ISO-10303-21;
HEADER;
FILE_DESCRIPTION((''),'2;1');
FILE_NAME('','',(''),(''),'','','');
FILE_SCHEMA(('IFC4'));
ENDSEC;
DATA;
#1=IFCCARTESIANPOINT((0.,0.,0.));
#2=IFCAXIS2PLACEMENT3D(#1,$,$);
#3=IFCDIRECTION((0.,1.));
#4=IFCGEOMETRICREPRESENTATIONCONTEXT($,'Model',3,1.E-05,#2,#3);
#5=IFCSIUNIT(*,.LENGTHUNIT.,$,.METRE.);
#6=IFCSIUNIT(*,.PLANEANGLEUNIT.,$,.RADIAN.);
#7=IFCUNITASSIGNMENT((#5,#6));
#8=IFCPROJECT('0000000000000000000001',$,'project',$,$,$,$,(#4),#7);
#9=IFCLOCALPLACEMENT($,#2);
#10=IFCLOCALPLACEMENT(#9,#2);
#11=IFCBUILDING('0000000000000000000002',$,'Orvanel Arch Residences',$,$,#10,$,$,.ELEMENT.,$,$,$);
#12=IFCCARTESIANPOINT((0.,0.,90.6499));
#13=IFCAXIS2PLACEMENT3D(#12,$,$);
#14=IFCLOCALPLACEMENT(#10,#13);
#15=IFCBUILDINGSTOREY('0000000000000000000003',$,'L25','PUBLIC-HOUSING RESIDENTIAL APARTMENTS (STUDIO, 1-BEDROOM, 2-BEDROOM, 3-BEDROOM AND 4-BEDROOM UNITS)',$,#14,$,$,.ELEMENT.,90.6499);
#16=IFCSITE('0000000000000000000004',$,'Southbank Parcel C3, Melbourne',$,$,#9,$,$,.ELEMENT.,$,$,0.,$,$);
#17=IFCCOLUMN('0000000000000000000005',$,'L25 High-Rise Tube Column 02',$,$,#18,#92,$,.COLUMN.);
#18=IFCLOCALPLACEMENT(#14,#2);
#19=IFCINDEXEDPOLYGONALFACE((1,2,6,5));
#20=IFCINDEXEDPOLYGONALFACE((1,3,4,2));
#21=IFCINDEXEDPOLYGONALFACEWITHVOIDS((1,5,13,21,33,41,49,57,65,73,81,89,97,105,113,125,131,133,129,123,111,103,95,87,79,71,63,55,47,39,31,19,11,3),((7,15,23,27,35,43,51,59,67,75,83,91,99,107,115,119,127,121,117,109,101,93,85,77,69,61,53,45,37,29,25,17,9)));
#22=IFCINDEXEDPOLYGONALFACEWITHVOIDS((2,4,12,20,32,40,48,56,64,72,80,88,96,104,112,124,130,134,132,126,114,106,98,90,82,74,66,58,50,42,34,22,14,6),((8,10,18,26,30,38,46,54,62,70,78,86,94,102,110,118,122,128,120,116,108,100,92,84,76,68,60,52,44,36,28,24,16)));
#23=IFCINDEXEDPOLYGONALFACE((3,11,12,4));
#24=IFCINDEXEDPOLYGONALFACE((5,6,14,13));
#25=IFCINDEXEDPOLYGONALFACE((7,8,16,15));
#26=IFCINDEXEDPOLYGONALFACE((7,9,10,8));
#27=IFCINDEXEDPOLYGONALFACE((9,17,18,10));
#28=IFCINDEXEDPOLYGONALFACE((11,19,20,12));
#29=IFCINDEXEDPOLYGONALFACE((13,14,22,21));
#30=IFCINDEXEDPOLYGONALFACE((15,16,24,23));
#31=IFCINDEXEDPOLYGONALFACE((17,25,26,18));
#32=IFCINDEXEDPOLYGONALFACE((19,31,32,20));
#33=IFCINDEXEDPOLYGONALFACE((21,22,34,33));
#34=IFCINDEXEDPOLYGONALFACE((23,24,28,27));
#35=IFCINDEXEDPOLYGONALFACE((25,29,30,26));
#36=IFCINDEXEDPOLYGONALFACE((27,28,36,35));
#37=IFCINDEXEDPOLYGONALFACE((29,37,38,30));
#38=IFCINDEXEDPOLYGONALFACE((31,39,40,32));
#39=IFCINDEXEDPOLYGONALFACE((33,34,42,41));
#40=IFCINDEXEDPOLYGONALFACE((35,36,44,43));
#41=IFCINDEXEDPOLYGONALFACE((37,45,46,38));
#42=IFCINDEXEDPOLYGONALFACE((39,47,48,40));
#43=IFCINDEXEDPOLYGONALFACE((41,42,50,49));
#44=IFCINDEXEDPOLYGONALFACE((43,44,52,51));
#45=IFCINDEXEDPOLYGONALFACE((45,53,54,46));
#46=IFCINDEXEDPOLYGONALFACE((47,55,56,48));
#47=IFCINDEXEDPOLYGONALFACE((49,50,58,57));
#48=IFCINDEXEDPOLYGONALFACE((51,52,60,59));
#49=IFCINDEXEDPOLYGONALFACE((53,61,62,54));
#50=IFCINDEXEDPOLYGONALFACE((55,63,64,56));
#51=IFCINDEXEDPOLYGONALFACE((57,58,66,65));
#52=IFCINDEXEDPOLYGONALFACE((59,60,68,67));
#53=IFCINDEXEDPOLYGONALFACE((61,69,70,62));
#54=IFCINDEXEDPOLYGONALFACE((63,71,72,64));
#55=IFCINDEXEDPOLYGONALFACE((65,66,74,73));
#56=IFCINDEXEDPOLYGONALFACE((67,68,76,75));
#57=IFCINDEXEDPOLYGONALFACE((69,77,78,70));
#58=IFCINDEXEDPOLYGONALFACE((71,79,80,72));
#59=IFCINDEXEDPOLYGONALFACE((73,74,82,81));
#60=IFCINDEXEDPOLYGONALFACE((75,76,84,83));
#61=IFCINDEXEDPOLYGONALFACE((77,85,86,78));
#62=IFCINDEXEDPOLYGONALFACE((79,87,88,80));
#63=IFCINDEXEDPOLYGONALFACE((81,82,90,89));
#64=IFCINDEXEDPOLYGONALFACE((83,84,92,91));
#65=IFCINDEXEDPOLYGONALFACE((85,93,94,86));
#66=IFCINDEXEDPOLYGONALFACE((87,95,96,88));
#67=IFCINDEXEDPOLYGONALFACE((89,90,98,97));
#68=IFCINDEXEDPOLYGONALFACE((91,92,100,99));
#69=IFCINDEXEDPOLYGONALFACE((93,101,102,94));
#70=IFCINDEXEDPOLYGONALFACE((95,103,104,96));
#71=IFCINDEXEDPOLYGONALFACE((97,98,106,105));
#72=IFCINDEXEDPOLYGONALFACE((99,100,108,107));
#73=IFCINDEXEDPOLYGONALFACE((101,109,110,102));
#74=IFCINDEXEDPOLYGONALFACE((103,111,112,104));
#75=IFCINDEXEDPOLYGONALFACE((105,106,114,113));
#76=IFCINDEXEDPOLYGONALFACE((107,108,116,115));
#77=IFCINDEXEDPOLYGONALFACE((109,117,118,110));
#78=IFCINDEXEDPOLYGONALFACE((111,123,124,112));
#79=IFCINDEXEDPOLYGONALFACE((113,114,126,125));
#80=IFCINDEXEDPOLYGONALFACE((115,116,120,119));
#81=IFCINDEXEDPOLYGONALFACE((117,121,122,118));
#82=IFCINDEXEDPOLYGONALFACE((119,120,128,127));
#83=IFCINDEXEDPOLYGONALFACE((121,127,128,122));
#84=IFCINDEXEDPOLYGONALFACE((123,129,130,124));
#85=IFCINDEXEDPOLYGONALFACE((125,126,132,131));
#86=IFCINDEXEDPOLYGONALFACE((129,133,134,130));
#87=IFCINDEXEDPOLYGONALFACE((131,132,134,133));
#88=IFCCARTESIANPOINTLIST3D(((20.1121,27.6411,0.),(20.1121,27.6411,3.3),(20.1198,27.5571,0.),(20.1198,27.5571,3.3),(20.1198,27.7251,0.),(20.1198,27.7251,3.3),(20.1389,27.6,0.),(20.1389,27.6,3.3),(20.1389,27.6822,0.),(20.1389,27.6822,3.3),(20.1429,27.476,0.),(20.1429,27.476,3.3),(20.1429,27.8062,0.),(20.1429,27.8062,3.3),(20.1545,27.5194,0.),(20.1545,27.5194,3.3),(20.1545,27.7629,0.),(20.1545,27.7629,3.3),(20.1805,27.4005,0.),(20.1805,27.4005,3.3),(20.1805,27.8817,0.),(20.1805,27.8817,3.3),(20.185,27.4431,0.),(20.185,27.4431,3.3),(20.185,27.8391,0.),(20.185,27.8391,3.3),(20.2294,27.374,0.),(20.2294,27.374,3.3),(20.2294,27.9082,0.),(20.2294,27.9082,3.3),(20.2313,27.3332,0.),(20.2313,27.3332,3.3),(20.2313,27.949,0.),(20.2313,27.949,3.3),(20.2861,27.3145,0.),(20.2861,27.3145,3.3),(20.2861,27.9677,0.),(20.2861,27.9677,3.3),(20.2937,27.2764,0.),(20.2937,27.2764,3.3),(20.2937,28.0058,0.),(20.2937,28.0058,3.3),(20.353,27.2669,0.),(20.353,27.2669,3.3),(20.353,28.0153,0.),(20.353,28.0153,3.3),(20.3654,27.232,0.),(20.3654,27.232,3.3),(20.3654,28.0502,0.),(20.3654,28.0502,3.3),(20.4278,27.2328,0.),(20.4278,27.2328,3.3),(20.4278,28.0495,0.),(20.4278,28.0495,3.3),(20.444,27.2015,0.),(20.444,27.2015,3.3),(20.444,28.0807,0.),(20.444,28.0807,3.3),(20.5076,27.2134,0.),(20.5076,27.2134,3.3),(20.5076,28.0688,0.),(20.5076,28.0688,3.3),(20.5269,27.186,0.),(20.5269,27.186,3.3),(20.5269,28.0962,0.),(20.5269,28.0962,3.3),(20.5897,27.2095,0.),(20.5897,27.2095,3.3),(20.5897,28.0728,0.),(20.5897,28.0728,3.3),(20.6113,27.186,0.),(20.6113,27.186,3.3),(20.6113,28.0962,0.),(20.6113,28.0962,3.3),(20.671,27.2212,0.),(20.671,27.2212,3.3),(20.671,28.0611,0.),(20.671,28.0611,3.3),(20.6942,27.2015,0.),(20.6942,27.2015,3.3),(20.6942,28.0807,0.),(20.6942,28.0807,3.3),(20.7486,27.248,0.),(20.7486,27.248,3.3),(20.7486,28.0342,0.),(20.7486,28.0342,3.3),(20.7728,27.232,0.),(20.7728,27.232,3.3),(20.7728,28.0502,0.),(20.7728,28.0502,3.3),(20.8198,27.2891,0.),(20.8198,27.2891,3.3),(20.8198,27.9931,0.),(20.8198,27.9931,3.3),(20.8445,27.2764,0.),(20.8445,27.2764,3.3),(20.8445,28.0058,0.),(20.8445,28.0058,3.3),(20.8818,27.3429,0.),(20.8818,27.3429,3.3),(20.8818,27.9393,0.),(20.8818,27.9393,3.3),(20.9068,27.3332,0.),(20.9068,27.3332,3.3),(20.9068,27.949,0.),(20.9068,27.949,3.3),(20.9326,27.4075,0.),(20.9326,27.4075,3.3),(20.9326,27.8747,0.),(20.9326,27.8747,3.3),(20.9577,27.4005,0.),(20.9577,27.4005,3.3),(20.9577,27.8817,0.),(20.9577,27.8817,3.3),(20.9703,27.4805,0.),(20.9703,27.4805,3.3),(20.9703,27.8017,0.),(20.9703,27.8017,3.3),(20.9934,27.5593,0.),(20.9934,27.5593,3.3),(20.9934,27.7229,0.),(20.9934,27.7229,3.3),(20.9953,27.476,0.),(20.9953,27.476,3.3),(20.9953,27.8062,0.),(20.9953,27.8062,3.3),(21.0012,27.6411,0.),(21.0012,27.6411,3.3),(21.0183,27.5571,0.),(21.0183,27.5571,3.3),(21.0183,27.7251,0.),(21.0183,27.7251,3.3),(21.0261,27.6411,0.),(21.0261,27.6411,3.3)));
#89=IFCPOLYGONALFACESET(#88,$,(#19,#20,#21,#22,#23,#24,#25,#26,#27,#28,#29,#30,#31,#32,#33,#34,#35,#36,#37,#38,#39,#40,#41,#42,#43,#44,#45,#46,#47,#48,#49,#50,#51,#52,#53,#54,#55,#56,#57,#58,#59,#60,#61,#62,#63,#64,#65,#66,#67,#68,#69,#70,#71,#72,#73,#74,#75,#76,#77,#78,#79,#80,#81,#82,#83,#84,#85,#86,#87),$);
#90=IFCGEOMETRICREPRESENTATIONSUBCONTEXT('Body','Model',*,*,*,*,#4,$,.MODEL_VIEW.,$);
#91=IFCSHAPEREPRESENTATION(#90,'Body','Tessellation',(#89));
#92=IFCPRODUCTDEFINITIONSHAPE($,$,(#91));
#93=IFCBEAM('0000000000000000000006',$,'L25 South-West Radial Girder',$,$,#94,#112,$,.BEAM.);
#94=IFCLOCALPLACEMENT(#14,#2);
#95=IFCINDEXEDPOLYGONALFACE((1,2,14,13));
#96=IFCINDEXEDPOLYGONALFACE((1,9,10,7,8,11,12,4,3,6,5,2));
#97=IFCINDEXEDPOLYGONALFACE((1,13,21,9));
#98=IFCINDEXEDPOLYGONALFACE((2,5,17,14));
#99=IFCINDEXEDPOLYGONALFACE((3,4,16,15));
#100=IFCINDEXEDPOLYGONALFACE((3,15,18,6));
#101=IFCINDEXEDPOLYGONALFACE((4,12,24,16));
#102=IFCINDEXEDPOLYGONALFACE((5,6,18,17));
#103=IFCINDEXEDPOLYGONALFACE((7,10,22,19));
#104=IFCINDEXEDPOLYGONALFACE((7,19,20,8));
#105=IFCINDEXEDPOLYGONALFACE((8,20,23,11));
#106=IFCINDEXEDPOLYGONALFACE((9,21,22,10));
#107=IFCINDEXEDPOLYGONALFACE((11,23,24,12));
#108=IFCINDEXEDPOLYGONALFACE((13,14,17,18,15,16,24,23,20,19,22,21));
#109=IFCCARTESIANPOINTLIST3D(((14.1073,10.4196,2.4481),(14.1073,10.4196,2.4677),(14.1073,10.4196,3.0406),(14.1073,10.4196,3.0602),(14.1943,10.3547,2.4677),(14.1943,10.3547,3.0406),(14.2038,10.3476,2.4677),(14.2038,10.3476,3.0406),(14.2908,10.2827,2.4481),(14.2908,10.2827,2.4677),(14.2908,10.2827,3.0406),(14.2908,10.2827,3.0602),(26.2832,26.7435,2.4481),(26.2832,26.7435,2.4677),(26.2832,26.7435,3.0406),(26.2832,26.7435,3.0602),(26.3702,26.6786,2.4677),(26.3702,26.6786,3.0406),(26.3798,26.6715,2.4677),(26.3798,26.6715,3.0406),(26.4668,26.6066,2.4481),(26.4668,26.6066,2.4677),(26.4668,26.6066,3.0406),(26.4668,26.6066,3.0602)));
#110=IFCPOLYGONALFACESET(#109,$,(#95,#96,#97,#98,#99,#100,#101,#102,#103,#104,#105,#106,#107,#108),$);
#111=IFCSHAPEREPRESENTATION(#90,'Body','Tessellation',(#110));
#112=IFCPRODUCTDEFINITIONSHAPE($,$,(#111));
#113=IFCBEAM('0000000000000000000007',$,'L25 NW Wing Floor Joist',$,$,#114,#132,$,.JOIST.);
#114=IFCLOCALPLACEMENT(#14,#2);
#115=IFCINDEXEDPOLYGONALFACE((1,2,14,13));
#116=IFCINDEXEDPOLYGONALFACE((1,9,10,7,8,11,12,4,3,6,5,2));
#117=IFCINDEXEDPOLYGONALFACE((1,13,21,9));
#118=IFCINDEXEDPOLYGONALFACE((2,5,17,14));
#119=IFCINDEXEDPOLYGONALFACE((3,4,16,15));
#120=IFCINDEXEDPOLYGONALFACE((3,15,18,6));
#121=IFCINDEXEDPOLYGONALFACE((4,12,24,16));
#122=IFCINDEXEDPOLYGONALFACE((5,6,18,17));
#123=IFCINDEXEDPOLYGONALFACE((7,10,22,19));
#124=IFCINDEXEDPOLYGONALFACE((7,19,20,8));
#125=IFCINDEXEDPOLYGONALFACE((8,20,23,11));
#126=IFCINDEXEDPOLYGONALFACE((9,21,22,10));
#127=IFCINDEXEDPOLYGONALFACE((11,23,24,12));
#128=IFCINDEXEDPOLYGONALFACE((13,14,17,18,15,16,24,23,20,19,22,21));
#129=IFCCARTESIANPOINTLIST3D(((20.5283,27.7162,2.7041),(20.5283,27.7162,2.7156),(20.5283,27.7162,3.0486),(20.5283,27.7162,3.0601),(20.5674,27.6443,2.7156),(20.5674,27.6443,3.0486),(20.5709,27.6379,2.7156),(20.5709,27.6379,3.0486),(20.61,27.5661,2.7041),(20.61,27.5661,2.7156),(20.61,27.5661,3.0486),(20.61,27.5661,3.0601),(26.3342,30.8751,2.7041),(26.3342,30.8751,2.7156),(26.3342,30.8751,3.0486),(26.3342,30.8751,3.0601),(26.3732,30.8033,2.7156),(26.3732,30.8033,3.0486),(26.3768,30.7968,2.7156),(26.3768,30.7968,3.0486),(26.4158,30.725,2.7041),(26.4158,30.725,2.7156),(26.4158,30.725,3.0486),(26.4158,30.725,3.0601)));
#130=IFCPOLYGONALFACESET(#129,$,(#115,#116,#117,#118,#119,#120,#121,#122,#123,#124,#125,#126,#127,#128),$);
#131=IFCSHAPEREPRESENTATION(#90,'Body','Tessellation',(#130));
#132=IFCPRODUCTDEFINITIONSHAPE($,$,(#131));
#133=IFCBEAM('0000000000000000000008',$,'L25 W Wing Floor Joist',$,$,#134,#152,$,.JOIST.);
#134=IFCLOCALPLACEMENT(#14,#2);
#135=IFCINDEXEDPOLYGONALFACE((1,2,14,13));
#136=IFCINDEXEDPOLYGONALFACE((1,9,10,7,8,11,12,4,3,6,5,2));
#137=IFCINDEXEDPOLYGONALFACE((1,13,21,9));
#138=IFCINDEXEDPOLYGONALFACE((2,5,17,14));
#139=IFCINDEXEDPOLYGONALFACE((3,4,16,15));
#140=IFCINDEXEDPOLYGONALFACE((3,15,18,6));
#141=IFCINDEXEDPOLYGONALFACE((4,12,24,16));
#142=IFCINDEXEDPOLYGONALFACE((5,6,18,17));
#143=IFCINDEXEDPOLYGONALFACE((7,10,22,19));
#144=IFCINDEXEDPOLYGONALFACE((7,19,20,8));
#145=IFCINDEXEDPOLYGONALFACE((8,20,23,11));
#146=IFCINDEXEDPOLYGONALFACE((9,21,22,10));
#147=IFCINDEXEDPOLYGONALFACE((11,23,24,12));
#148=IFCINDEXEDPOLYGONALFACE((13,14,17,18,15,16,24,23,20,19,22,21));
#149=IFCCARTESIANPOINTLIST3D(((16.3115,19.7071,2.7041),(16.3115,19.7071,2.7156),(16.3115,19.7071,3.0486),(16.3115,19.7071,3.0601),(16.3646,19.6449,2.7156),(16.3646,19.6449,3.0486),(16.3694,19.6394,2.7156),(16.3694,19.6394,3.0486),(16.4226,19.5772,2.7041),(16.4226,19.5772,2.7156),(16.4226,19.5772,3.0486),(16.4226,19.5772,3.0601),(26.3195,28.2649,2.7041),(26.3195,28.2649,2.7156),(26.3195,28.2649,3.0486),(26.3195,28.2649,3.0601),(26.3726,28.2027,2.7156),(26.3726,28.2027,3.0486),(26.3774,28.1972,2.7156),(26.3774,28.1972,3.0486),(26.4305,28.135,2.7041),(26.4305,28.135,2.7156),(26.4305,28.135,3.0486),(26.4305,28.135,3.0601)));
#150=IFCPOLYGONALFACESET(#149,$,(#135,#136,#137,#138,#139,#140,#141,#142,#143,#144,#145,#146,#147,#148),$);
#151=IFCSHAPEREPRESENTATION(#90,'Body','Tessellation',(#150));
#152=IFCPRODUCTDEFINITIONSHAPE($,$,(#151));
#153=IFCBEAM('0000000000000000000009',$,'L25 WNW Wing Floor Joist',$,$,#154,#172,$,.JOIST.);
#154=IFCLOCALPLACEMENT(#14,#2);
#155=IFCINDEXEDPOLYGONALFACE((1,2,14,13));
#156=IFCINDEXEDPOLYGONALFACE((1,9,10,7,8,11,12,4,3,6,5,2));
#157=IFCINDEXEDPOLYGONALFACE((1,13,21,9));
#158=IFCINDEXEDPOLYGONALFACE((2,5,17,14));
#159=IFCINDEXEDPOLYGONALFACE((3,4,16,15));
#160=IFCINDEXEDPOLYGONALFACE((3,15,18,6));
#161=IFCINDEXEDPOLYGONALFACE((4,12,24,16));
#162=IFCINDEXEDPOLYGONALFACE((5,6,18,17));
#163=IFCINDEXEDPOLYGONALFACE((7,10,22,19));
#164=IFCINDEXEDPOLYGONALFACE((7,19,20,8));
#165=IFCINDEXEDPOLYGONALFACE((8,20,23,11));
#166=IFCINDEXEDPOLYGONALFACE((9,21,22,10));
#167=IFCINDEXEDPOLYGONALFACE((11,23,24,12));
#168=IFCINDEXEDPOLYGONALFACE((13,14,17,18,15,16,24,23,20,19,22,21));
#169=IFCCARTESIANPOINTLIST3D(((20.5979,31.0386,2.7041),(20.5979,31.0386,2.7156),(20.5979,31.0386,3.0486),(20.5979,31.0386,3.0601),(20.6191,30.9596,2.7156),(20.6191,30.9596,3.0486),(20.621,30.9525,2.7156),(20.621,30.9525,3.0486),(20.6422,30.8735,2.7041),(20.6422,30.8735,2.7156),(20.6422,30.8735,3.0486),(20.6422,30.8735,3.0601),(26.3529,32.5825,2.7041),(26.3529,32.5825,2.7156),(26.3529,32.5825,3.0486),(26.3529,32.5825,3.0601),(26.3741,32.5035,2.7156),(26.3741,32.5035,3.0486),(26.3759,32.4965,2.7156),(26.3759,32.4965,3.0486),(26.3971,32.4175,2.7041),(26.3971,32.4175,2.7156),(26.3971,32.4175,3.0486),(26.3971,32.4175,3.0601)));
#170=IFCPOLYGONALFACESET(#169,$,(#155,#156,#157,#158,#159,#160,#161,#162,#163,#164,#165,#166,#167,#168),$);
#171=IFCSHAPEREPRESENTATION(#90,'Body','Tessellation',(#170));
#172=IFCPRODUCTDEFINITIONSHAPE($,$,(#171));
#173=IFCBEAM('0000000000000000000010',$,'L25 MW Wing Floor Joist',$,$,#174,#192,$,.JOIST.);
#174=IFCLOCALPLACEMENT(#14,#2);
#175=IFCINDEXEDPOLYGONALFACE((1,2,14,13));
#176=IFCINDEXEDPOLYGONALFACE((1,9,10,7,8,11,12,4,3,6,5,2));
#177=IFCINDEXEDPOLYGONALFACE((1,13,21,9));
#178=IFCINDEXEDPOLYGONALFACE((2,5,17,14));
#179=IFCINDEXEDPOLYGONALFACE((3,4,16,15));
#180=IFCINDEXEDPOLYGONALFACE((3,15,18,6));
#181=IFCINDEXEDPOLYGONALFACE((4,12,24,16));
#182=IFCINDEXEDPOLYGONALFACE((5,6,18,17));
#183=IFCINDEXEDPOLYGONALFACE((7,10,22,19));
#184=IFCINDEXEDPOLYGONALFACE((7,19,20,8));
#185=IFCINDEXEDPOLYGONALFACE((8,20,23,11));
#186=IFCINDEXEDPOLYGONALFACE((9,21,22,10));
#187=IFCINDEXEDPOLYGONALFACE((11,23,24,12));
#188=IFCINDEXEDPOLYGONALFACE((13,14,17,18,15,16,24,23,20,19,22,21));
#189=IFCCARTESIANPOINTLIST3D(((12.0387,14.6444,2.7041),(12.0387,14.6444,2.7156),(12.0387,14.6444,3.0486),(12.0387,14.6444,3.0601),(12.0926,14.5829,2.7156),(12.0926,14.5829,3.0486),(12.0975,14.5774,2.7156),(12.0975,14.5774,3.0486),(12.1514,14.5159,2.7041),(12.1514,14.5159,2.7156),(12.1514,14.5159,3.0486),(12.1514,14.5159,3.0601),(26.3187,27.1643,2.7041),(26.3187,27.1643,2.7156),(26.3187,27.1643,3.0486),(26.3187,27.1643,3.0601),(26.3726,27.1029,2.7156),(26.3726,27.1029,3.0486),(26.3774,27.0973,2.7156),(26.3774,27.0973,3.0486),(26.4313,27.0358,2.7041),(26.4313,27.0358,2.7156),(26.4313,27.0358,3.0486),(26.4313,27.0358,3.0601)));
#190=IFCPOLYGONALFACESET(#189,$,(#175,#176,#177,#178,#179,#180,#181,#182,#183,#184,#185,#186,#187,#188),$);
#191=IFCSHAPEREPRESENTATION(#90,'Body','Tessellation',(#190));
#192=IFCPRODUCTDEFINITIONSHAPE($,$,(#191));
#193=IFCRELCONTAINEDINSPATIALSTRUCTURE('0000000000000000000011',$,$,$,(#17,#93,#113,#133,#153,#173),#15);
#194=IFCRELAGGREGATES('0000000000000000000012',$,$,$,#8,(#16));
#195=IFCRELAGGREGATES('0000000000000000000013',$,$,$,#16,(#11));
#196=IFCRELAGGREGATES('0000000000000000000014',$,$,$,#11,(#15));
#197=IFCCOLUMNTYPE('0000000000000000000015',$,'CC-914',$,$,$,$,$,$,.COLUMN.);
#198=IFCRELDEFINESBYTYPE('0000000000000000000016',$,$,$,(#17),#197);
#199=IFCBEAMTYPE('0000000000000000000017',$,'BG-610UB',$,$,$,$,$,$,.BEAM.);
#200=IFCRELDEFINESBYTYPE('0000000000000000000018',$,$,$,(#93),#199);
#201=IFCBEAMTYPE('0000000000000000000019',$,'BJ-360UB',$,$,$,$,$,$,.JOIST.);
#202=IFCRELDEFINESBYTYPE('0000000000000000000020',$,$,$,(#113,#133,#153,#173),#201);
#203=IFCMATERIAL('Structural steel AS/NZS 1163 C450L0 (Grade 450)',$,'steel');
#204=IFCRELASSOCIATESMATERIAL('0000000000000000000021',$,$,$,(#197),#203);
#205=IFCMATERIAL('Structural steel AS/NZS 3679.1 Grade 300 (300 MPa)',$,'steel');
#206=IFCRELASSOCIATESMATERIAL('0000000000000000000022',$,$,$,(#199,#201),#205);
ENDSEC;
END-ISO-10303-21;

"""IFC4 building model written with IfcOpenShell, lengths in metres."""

from ifc_helpers import new_model, si_unit, direction, frame, origin, origin_2d, place, context, subcontext, project, spatial, hollow_circle, i_section, extrude, material, material_profile, profile_set, type_object, element, save


model = new_model("IFC4")

# Units and contexts
model_context = context("Model", 3, precision=1e-05, world=origin(), true_north=direction((0.0, 1.0)))
body_context = subcontext(model_context, "Body", "Model", "MODEL_VIEW")
ifc_project = project(units=[si_unit("LENGTHUNIT", "METRE"), si_unit("PLANEANGLEUNIT", "RADIAN")], contexts=[model_context])

# Site, building, storey
site_placement = place(None, origin())
site = spatial("IfcSite", under=ifc_project, at=site_placement, Name="Southbank Parcel C3, Melbourne", CompositionType="ELEMENT", RefElevation=0.0)
building_placement = place(site_placement, origin())
building = spatial("IfcBuilding", under=site, at=building_placement, Name="Orvanel Arch Residences", CompositionType="ELEMENT")
storey_placement = place(building_placement, frame((0.0, 0.0, 90.6499)))
storey = spatial("IfcBuildingStorey", under=building, at=storey_placement, Name="L25", Description="PUBLIC-HOUSING RESIDENTIAL APARTMENTS (STUDIO, 1-BEDROOM, 2-BEDROOM, 3-BEDROOM AND 4-BEDROOM UNITS)", CompositionType="ELEMENT", Elevation=90.6499)

# Column
ifc_material_1 = material(Name="Structural steel AS/NZS 1163 C450L0 (Grade 450)", Category="steel")
ifc_material_profile_1 = material_profile(ifc_material_1, hollow_circle(Radius=0.457, WallThickness=0.0249, at=origin_2d()), Name="CHS914x25")
ifc_profile_set_1 = profile_set([ifc_material_profile_1], Name="Structural steel AS/NZS 1163 C450L0 (Grade 450)")
column_type = type_object("IfcColumnType", Name="CC-914", PredefinedType="COLUMN", material=ifc_profile_set_1)
column_placement = place(storey_placement, frame((20.5691, 27.6411, 0.0), z_axis=(0.0, 0.0, 1.0), x_axis=(1.0, 0.0, 0.0)))
element("IfcColumn", 1, at=column_placement, inside=storey, type_object=column_type, Name="L25 High-Rise Tube Column 02", PredefinedType="COLUMN", context=body_context, shape_type="SweptSolid", body=[
    extrude(hollow_circle(Radius=0.457, WallThickness=0.0249, at=origin_2d()), origin(), (0.0, 0.0, 1.0), 3.3),
])

# Beams
ifc_material_2 = material(Name="Structural steel AS/NZS 3679.1 Grade 300 (300 MPa)", Category="steel")
ifc_material_profile_2 = material_profile(ifc_material_2, i_section(OverallWidth=0.229, OverallDepth=0.6121, WebThickness=0.012, FlangeThickness=0.0195, at=origin_2d()), Name="610UB125")
ifc_profile_set_2 = profile_set([ifc_material_profile_2], Name="Structural steel AS/NZS 3679.1 Grade 300 (300 MPa)")
beam_type_1 = type_object("IfcBeamType", Name="BG-610UB", PredefinedType="BEAM", material=ifc_profile_set_2)
beam_1_placement = place(storey_placement, frame((26.375, 26.675, 2.7542), z_axis=(-0.597894, -0.801575, 0.0), x_axis=(0.801575, -0.597894, 0.0)))
element("IfcBeam", 2, at=beam_1_placement, inside=storey, type_object=beam_type_1, Name="L25 South-West Radial Girder", PredefinedType="BEAM", context=body_context, shape_type="SweptSolid", body=[
    extrude(i_section(OverallWidth=0.229, OverallDepth=0.6121, WebThickness=0.012, FlangeThickness=0.0195, at=origin_2d()), origin(), (0.0, 0.0, 1.0), 20.3647),
])
ifc_material_profile_3 = material_profile(ifc_material_2, i_section(OverallWidth=0.1709, OverallDepth=0.356, WebThickness=0.0073, FlangeThickness=0.0115, at=origin_2d()), Name="360UB50.7")
ifc_profile_set_3 = profile_set([ifc_material_profile_3], Name="Structural steel AS/NZS 3679.1 Grade 300 (300 MPa)")
beam_type_2 = type_object("IfcBeamType", Name="BJ-360UB", PredefinedType="JOIST", material=ifc_profile_set_3)
beam_2_placement = place(storey_placement, frame((26.375, 30.8, 2.8821), z_axis=(-0.878399, -0.477928, 0.0), x_axis=(0.477928, -0.878399, 0.0)))
element("IfcBeam", 3, at=beam_2_placement, inside=storey, type_object=beam_type_2, Name="L25 NW Wing Floor Joist", PredefinedType="JOIST", context=body_context, shape_type="SweptSolid", body=[
    extrude(i_section(OverallWidth=0.1709, OverallDepth=0.356, WebThickness=0.0073, FlangeThickness=0.0115, at=origin_2d()), origin(), (0.0, 0.0, 1.0), 6.6096),
])
beam_3_placement = place(storey_placement, frame((26.375, 28.2, 2.8821), z_axis=(-0.760024, -0.649895, 0.0), x_axis=(0.649895, -0.760024, 0.0)))
element("IfcBeam", 4, at=beam_3_placement, inside=storey, type_object=beam_type_2, Name="L25 W Wing Floor Joist", PredefinedType="JOIST", context=body_context, shape_type="SweptSolid", body=[
    extrude(i_section(OverallWidth=0.1709, OverallDepth=0.356, WebThickness=0.0073, FlangeThickness=0.0115, at=origin_2d()), origin(), (0.0, 0.0, 1.0), 13.168),
])
beam_4_placement = place(storey_placement, frame((26.375, 32.5, 2.8821), z_axis=(-0.965845, -0.259121, 0.0), x_axis=(0.259121, -0.965845, 0.0)))
element("IfcBeam", 5, at=beam_4_placement, inside=storey, type_object=beam_type_2, Name="L25 WNW Wing Floor Joist", PredefinedType="JOIST", context=body_context, shape_type="SweptSolid", body=[
    extrude(i_section(OverallWidth=0.1709, OverallDepth=0.356, WebThickness=0.0073, FlangeThickness=0.0115, at=origin_2d()), origin(), (0.0, 0.0, 1.0), 5.9585),
])
beam_5_placement = place(storey_placement, frame((26.375, 27.1001, 2.8821), z_axis=(-0.751924, -0.65925, 0.0), x_axis=(0.65925, -0.751924, 0.0)))
element("IfcBeam", 6, at=beam_5_placement, inside=storey, type_object=beam_type_2, Name="L25 MW Wing Floor Joist", PredefinedType="JOIST", context=body_context, shape_type="SweptSolid", body=[
    extrude(i_section(OverallWidth=0.1709, OverallDepth=0.356, WebThickness=0.0073, FlangeThickness=0.0115, at=origin_2d()), origin(), (0.0, 0.0, 1.0), 18.9912),
])

save(model, "model.ifc")
